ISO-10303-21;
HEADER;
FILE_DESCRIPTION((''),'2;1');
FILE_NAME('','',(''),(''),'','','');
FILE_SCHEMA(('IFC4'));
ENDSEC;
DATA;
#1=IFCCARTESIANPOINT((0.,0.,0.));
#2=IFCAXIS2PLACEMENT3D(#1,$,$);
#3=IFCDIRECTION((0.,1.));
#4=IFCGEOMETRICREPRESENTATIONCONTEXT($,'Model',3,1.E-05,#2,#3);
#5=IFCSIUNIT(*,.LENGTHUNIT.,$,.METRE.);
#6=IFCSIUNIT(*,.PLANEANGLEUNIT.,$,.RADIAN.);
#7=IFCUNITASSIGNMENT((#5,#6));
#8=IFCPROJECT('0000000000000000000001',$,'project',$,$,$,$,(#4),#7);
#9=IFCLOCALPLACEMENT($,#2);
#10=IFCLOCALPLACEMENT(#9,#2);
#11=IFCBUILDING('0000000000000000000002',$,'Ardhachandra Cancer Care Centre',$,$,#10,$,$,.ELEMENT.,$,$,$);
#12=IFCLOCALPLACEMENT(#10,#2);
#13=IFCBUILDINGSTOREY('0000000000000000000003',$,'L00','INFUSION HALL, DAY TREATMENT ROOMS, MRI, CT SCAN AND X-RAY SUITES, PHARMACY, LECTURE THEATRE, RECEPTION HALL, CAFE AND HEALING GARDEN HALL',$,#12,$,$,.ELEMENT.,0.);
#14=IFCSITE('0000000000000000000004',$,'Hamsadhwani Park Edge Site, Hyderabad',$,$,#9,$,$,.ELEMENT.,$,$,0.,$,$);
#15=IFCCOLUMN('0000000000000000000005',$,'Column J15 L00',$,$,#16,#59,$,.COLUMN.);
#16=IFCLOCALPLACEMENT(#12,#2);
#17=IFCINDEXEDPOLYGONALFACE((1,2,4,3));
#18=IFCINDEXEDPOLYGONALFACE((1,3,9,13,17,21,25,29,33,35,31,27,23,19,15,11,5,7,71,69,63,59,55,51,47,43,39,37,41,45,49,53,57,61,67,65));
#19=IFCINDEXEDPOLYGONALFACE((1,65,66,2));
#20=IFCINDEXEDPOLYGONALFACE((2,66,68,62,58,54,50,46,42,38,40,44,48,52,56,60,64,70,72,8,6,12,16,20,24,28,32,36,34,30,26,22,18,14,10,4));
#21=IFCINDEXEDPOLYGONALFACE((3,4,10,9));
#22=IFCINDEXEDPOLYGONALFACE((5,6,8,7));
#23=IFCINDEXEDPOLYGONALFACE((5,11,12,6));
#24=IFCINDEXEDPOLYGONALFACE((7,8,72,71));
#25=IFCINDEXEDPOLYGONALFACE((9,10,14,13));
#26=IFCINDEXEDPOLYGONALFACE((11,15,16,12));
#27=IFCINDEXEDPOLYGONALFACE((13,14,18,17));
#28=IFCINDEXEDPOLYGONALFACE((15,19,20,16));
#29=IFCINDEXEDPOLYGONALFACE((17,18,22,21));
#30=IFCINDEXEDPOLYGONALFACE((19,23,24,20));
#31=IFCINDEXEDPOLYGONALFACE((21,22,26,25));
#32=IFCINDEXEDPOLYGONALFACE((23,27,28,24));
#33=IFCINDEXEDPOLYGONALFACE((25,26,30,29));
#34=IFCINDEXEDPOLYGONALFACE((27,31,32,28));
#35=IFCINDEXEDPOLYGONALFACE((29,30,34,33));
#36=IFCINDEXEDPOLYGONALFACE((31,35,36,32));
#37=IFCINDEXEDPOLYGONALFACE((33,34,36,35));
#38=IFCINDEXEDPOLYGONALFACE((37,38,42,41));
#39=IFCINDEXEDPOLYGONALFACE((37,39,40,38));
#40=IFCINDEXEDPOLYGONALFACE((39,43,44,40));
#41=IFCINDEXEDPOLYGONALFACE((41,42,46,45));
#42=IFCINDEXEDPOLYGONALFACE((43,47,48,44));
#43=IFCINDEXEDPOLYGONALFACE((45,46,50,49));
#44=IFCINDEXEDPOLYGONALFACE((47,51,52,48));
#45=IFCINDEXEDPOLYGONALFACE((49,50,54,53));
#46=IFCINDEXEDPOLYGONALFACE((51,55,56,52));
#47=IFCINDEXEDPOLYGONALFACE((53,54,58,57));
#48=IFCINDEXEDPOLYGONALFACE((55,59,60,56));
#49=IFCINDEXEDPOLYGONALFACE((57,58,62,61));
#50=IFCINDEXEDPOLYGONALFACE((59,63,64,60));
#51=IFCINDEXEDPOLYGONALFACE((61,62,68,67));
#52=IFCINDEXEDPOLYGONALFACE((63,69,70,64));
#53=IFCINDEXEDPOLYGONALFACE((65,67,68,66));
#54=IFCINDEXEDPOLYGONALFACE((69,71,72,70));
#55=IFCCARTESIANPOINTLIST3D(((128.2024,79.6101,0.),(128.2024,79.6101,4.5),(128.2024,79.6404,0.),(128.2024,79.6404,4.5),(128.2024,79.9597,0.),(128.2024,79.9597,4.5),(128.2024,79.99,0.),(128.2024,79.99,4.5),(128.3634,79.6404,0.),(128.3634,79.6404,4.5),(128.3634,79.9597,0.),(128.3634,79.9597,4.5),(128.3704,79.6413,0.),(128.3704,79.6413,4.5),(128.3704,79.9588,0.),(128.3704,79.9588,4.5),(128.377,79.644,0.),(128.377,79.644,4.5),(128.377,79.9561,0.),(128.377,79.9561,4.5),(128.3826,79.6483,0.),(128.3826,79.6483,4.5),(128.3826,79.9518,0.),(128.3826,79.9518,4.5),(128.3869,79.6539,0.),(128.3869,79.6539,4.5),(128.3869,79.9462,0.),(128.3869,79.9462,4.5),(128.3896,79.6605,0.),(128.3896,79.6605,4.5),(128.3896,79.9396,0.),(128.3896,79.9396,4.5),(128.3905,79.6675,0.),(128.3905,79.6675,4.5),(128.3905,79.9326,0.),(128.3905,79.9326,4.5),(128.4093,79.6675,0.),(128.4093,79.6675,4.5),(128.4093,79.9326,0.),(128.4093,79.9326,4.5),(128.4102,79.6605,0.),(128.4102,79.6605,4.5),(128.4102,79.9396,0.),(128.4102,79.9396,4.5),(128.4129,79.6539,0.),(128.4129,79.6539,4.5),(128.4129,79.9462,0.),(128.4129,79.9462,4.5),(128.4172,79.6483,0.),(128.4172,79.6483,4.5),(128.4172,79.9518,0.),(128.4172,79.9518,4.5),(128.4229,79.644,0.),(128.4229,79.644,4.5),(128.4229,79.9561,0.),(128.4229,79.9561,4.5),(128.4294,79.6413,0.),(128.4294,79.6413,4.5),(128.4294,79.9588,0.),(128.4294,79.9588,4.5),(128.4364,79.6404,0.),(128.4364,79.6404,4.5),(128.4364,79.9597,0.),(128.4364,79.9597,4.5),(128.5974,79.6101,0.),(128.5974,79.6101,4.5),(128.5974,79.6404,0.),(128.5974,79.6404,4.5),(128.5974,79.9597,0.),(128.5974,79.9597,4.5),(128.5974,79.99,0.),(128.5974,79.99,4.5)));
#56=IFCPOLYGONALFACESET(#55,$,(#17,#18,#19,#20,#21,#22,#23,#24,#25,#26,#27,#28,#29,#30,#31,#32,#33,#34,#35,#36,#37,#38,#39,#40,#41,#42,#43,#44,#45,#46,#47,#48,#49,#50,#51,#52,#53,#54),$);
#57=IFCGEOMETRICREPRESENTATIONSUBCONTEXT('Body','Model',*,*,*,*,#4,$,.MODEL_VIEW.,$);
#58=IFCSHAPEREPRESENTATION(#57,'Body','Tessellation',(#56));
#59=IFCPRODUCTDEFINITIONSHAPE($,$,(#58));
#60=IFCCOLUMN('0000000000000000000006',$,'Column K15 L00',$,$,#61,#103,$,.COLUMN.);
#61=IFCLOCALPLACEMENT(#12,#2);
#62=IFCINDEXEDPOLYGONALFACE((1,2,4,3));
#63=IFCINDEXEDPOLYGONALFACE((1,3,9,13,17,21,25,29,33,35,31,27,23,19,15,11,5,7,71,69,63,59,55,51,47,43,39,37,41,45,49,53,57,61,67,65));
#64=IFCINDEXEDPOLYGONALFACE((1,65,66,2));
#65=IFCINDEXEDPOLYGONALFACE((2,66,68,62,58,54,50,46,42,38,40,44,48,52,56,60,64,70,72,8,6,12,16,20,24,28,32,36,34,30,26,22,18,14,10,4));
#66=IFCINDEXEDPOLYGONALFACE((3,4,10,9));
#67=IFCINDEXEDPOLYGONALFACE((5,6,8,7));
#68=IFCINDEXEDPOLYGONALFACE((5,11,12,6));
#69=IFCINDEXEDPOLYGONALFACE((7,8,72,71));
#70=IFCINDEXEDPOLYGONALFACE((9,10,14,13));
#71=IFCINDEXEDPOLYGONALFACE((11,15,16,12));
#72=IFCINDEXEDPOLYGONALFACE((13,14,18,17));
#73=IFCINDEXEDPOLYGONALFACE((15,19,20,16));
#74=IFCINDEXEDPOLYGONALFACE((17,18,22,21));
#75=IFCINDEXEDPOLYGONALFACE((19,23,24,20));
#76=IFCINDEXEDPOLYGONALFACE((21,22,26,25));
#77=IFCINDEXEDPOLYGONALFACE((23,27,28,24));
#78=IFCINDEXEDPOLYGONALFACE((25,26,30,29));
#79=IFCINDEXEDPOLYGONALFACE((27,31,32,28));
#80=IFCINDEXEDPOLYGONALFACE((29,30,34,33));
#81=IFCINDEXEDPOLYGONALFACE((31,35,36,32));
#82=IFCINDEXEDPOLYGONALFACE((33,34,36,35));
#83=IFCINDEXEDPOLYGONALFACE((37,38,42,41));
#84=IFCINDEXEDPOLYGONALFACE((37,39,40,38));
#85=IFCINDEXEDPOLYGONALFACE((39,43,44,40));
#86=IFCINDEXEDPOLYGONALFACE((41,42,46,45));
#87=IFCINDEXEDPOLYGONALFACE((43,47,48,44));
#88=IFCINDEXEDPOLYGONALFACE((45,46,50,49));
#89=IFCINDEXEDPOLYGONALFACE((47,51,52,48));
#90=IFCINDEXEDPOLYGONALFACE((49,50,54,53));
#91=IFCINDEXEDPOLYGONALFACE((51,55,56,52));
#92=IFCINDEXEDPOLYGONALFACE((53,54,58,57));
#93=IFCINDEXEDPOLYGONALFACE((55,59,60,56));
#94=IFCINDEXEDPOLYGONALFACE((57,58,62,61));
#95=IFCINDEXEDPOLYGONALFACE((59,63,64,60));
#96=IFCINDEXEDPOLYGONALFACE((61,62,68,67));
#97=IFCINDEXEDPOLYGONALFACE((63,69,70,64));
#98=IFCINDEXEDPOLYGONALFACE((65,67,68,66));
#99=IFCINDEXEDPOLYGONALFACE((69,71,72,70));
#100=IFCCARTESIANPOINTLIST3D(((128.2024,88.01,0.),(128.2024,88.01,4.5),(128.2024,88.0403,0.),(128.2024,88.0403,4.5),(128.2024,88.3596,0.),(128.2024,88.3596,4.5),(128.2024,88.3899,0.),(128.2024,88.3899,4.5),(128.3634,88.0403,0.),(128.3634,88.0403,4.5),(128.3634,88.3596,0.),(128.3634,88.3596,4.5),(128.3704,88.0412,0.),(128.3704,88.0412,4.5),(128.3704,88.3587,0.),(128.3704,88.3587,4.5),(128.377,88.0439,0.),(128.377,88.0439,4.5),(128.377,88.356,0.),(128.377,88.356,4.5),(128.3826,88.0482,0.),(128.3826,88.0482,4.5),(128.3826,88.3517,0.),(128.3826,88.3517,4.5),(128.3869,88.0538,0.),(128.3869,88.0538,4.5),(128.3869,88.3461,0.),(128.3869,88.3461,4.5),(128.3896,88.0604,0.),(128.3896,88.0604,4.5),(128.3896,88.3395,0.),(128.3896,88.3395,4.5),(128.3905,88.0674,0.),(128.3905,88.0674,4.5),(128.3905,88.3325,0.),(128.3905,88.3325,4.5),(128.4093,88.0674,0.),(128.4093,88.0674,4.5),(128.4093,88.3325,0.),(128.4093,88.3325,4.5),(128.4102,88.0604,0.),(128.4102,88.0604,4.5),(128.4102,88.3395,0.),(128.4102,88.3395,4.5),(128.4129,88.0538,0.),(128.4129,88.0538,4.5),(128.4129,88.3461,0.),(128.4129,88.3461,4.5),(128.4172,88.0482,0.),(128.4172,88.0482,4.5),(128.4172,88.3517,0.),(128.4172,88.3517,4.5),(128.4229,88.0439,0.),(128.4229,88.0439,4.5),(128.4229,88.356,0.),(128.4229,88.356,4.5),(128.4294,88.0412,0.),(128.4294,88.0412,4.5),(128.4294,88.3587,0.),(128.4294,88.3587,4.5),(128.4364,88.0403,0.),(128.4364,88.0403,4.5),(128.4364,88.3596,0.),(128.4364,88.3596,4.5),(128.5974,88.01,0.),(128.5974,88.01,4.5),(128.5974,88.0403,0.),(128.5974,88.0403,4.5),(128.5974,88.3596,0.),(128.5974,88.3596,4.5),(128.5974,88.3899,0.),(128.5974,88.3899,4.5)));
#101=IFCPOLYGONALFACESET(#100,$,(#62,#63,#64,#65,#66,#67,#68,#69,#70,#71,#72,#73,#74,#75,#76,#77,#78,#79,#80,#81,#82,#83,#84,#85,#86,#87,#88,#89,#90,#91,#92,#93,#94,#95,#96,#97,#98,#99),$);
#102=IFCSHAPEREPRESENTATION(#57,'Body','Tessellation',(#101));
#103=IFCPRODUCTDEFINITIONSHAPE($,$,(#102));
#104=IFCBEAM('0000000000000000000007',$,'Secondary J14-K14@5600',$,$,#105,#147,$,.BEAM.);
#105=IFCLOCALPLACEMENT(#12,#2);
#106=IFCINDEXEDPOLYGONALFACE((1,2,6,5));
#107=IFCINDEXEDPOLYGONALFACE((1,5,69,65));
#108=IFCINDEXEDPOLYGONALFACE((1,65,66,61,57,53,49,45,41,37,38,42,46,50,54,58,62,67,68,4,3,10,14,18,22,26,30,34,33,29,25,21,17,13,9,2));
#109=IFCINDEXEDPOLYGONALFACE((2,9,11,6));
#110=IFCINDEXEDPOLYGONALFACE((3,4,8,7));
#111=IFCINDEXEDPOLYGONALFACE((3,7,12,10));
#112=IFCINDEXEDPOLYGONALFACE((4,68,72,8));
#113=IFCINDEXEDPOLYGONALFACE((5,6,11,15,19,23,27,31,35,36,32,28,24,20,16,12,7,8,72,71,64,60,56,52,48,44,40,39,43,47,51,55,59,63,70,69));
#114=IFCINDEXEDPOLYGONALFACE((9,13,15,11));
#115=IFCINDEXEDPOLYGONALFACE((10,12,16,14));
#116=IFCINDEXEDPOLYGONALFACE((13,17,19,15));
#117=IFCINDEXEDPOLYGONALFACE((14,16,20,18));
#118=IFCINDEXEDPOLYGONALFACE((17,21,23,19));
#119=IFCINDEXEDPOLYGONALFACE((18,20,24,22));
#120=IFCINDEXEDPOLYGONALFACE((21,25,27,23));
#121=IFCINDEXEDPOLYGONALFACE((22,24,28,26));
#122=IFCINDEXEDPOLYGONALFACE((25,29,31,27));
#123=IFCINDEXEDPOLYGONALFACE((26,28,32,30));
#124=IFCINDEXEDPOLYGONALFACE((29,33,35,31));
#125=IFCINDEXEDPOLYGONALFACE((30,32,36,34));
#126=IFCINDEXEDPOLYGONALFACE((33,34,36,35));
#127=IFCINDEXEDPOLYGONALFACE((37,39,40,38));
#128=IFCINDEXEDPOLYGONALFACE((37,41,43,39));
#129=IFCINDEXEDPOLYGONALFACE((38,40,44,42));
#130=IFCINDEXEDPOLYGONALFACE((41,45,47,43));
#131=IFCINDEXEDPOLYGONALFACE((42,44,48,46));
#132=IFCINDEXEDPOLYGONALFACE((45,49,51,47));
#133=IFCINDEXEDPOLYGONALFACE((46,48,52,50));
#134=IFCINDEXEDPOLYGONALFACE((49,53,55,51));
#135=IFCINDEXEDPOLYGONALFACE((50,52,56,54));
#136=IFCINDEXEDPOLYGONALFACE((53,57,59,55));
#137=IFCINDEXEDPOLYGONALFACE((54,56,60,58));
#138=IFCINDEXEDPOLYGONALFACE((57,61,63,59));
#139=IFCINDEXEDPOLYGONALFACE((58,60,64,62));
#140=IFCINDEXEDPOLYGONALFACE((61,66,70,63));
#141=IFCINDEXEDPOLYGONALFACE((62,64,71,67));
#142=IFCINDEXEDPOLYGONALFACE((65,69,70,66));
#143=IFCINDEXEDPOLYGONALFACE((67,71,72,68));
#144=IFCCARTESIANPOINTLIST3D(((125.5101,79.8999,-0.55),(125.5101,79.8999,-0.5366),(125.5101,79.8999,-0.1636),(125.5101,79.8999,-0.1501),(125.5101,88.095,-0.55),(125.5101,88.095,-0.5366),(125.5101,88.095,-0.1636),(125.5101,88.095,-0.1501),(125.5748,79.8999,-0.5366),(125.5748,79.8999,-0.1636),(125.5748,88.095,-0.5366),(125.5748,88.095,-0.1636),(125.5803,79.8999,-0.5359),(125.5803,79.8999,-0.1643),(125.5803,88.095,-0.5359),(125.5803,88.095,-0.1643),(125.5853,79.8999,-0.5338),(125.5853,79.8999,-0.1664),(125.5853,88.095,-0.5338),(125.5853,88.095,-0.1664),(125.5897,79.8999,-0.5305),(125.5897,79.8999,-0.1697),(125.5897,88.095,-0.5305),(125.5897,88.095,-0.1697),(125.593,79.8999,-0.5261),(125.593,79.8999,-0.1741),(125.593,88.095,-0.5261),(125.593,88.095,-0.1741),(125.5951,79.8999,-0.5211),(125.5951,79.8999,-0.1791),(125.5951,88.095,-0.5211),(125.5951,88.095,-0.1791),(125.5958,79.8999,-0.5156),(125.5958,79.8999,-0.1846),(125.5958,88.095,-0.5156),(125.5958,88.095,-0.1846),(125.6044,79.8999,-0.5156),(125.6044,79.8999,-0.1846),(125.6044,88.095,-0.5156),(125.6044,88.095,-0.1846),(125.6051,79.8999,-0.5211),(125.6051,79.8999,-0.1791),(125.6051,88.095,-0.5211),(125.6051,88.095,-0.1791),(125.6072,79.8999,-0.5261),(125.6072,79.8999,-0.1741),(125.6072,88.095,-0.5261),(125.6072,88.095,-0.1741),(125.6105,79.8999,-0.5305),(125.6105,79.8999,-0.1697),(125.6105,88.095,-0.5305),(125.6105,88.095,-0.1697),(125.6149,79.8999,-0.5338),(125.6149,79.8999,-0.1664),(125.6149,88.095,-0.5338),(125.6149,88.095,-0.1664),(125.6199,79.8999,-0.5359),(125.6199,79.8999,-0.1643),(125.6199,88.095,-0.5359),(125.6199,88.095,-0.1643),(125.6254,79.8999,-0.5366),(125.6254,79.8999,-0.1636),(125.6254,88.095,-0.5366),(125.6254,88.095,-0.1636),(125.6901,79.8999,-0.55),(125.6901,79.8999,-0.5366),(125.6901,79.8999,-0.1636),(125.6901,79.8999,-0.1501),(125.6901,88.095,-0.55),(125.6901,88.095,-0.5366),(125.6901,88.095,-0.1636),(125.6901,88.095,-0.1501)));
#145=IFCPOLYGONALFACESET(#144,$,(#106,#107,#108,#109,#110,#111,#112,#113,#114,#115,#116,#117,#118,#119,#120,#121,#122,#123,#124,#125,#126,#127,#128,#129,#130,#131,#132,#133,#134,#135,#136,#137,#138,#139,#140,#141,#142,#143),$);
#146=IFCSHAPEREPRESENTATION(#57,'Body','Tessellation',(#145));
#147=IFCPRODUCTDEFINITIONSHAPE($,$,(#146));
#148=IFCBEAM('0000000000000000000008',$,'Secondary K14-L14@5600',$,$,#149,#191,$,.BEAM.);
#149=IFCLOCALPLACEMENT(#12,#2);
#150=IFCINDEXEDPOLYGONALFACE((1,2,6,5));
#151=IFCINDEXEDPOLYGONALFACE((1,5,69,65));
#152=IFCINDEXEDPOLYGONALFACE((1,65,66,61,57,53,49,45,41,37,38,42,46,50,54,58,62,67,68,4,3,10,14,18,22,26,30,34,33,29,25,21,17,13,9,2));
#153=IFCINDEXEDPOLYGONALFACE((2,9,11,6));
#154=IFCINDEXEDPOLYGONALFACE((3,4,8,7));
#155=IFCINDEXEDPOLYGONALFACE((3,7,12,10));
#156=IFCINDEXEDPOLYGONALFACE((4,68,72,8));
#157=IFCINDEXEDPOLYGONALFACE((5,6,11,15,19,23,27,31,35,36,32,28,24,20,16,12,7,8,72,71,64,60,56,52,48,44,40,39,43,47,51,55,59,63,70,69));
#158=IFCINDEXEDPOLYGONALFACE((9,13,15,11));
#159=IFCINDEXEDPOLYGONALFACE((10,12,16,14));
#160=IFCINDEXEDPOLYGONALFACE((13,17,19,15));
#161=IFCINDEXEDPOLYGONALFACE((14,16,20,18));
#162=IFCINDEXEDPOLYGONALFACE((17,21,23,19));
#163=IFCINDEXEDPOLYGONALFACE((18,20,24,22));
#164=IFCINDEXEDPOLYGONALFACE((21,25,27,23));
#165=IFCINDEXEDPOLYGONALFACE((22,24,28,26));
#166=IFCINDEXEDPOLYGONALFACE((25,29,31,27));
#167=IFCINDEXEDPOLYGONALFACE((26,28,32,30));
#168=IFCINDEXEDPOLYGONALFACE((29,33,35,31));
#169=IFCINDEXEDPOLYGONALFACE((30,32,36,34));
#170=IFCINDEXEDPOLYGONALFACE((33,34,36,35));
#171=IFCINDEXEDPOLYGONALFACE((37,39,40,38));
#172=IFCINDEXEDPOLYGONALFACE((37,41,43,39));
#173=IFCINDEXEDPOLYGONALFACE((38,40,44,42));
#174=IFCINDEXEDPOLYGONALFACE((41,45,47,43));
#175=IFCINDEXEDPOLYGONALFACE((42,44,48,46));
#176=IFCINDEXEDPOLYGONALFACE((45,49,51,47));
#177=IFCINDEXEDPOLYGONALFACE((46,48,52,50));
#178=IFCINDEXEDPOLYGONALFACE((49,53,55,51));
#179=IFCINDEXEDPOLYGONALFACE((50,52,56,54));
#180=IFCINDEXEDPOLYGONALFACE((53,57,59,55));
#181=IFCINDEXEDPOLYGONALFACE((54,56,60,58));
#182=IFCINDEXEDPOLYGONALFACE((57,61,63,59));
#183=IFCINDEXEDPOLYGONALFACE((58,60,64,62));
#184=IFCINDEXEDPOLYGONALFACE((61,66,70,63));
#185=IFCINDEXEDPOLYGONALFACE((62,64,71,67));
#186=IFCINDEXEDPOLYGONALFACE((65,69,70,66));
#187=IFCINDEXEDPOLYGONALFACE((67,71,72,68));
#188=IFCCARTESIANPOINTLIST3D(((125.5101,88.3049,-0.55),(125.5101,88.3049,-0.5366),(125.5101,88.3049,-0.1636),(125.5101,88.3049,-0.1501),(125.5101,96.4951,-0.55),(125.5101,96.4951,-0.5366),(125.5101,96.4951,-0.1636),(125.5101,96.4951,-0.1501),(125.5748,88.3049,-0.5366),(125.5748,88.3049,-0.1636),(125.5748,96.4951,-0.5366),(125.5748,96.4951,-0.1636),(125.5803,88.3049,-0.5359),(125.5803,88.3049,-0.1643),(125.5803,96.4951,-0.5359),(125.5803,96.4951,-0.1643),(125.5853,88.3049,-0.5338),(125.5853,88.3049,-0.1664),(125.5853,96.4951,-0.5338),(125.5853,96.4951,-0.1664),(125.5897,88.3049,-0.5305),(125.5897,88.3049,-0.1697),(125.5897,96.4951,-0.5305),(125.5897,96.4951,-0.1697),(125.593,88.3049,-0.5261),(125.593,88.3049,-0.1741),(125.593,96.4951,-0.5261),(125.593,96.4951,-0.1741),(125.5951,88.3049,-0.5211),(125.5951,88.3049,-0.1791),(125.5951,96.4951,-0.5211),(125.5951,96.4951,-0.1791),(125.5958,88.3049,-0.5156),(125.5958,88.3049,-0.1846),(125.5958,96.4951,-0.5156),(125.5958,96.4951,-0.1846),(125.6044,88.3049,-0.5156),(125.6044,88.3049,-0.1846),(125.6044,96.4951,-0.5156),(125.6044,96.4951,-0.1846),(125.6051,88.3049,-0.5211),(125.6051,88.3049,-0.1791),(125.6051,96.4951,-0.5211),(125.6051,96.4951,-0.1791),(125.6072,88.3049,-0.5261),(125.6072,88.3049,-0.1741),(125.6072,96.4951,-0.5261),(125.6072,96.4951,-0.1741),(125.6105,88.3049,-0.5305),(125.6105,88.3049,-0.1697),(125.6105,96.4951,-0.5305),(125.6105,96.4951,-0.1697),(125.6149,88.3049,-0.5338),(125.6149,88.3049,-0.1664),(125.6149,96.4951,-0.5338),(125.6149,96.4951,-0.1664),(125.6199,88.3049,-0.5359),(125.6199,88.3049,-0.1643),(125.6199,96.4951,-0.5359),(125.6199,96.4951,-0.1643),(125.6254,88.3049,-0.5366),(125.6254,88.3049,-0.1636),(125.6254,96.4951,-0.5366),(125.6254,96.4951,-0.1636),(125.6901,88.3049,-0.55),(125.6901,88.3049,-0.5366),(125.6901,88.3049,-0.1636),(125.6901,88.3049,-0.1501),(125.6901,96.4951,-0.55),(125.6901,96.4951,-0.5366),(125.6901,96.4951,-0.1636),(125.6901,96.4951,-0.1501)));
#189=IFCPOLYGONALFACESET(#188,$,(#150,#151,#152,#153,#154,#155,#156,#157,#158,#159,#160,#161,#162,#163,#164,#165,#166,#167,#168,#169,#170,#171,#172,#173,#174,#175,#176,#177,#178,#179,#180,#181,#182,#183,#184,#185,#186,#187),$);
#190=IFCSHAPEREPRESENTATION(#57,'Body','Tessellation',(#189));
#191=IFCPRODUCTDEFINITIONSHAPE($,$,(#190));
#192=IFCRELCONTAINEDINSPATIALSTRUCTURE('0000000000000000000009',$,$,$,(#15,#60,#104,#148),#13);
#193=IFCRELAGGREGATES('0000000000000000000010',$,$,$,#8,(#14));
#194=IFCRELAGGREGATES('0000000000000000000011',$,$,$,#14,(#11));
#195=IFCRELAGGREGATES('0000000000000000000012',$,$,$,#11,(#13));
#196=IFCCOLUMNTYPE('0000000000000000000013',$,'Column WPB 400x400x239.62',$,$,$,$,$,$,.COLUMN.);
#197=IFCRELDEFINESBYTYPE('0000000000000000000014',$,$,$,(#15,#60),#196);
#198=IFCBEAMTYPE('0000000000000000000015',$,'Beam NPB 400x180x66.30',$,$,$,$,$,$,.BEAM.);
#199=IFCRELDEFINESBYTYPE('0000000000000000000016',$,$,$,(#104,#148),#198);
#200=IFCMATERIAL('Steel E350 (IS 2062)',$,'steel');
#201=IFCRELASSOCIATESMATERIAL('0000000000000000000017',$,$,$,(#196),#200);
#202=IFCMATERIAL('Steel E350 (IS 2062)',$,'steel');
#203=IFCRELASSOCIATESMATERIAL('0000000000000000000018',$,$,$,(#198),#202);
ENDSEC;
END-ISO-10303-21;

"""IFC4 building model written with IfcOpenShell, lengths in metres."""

from ifc_helpers import new_model, si_unit, direction, frame, origin, origin_2d, place, context, subcontext, project, spatial, i_section, extrude, material, material_profile, profile_set, type_object, element, save


model = new_model("IFC4")

# Units and contexts
model_context = context("Model", 3, precision=1e-05, world=origin(), true_north=direction((0.0, 1.0)))
body_context = subcontext(model_context, "Body", "Model", "MODEL_VIEW")
ifc_project = project(units=[si_unit("LENGTHUNIT", "METRE"), si_unit("PLANEANGLEUNIT", "RADIAN")], contexts=[model_context])

# Site, building, storey
site_placement = place(None, origin())
site = spatial("IfcSite", under=ifc_project, at=site_placement, Name="Hamsadhwani Park Edge Site, Hyderabad", CompositionType="ELEMENT", RefElevation=0.0)
building_placement = place(site_placement, origin())
building = spatial("IfcBuilding", under=site, at=building_placement, Name="Ardhachandra Cancer Care Centre", CompositionType="ELEMENT")
storey_placement = place(building_placement, origin())
storey = spatial("IfcBuildingStorey", under=building, at=storey_placement, Name="L00", Description="INFUSION HALL, DAY TREATMENT ROOMS, MRI, CT SCAN AND X-RAY SUITES, PHARMACY, LECTURE THEATRE, RECEPTION HALL, CAFE AND HEALING GARDEN HALL", CompositionType="ELEMENT", Elevation=0.0)

# Columns
ifc_material_1 = material(Name="Steel E350 (IS 2062)", Category="steel")
ifc_material_profile_1 = material_profile(ifc_material_1, i_section(OverallWidth=0.395, OverallDepth=0.3799, WebThickness=0.0188, FlangeThickness=0.0303, FilletRadius=0.0271, at=origin_2d()), Name="WPB 400x400x239.62")
ifc_profile_set_1 = profile_set([ifc_material_profile_1], Name="Steel E350 (IS 2062)")
column_type = type_object("IfcColumnType", Name="Column WPB 400x400x239.62", PredefinedType="COLUMN", material=ifc_profile_set_1)
for number, where, z_axis, x_axis, name in (
    (1, (128.3999, 79.8, 0.0), (0.0, 0.0, 1.0), (1.0, 0.0, 0.0), "Column J15 L00"),
    (2, (128.3999, 88.2, 0.0), (0.0, 0.0, 1.0), (1.0, 0.0, 0.0), "Column K15 L00"),
):
    element("IfcColumn", number, at=place(storey_placement, frame(where, z_axis=z_axis, x_axis=x_axis)), inside=storey, type_object=column_type, Name=name, PredefinedType="COLUMN", context=body_context, shape_type="SweptSolid", body=[
        extrude(i_section(OverallWidth=0.395, OverallDepth=0.3799, WebThickness=0.0188, FlangeThickness=0.0303, FilletRadius=0.0271, at=origin_2d()), origin(), (0.0, 0.0, 1.0), 4.5),
    ])

# Beams
ifc_material_2 = material(Name="Steel E350 (IS 2062)", Category="steel")
ifc_material_profile_2 = material_profile(ifc_material_2, i_section(OverallWidth=0.1799, OverallDepth=0.3999, WebThickness=0.0085, FlangeThickness=0.0134, FilletRadius=0.021, at=origin_2d()), Name="NPB 400x180x66.30")
ifc_profile_set_2 = profile_set([ifc_material_profile_2], Name="Steel E350 (IS 2062)")
beam_type_1 = type_object("IfcBeamType", Name="Beam NPB 400x180x66.30", PredefinedType="BEAM", material=ifc_profile_set_2)
beam_1_placement = place(storey_placement, frame((125.6001, 79.8999, -0.3501), z_axis=(0.0, 1.0, 0.0), x_axis=(-1.0, 0.0, 0.0)))
element("IfcBeam", 3, at=beam_1_placement, inside=storey, type_object=beam_type_1, Name="Secondary J14-K14@5600", PredefinedType="BEAM", context=body_context, shape_type="SweptSolid", body=[
    extrude(i_section(OverallWidth=0.1799, OverallDepth=0.3999, WebThickness=0.0085, FlangeThickness=0.0134, FilletRadius=0.021, at=origin_2d()), origin(), (0.0, 0.0, 1.0), 8.1951),
])
beam_2_placement = place(storey_placement, frame((125.6001, 88.3049, -0.3501), z_axis=(0.0, 1.0, 0.0), x_axis=(-1.0, 0.0, 0.0)))
element("IfcBeam", 4, at=beam_2_placement, inside=storey, type_object=beam_type_1, Name="Secondary K14-L14@5600", PredefinedType="BEAM", context=body_context, shape_type="SweptSolid", body=[
    extrude(i_section(OverallWidth=0.1799, OverallDepth=0.3999, WebThickness=0.0085, FlangeThickness=0.0134, FilletRadius=0.021, at=origin_2d()), origin(), (0.0, 0.0, 1.0), 8.1902),
])

save(model, "model.ifc")
